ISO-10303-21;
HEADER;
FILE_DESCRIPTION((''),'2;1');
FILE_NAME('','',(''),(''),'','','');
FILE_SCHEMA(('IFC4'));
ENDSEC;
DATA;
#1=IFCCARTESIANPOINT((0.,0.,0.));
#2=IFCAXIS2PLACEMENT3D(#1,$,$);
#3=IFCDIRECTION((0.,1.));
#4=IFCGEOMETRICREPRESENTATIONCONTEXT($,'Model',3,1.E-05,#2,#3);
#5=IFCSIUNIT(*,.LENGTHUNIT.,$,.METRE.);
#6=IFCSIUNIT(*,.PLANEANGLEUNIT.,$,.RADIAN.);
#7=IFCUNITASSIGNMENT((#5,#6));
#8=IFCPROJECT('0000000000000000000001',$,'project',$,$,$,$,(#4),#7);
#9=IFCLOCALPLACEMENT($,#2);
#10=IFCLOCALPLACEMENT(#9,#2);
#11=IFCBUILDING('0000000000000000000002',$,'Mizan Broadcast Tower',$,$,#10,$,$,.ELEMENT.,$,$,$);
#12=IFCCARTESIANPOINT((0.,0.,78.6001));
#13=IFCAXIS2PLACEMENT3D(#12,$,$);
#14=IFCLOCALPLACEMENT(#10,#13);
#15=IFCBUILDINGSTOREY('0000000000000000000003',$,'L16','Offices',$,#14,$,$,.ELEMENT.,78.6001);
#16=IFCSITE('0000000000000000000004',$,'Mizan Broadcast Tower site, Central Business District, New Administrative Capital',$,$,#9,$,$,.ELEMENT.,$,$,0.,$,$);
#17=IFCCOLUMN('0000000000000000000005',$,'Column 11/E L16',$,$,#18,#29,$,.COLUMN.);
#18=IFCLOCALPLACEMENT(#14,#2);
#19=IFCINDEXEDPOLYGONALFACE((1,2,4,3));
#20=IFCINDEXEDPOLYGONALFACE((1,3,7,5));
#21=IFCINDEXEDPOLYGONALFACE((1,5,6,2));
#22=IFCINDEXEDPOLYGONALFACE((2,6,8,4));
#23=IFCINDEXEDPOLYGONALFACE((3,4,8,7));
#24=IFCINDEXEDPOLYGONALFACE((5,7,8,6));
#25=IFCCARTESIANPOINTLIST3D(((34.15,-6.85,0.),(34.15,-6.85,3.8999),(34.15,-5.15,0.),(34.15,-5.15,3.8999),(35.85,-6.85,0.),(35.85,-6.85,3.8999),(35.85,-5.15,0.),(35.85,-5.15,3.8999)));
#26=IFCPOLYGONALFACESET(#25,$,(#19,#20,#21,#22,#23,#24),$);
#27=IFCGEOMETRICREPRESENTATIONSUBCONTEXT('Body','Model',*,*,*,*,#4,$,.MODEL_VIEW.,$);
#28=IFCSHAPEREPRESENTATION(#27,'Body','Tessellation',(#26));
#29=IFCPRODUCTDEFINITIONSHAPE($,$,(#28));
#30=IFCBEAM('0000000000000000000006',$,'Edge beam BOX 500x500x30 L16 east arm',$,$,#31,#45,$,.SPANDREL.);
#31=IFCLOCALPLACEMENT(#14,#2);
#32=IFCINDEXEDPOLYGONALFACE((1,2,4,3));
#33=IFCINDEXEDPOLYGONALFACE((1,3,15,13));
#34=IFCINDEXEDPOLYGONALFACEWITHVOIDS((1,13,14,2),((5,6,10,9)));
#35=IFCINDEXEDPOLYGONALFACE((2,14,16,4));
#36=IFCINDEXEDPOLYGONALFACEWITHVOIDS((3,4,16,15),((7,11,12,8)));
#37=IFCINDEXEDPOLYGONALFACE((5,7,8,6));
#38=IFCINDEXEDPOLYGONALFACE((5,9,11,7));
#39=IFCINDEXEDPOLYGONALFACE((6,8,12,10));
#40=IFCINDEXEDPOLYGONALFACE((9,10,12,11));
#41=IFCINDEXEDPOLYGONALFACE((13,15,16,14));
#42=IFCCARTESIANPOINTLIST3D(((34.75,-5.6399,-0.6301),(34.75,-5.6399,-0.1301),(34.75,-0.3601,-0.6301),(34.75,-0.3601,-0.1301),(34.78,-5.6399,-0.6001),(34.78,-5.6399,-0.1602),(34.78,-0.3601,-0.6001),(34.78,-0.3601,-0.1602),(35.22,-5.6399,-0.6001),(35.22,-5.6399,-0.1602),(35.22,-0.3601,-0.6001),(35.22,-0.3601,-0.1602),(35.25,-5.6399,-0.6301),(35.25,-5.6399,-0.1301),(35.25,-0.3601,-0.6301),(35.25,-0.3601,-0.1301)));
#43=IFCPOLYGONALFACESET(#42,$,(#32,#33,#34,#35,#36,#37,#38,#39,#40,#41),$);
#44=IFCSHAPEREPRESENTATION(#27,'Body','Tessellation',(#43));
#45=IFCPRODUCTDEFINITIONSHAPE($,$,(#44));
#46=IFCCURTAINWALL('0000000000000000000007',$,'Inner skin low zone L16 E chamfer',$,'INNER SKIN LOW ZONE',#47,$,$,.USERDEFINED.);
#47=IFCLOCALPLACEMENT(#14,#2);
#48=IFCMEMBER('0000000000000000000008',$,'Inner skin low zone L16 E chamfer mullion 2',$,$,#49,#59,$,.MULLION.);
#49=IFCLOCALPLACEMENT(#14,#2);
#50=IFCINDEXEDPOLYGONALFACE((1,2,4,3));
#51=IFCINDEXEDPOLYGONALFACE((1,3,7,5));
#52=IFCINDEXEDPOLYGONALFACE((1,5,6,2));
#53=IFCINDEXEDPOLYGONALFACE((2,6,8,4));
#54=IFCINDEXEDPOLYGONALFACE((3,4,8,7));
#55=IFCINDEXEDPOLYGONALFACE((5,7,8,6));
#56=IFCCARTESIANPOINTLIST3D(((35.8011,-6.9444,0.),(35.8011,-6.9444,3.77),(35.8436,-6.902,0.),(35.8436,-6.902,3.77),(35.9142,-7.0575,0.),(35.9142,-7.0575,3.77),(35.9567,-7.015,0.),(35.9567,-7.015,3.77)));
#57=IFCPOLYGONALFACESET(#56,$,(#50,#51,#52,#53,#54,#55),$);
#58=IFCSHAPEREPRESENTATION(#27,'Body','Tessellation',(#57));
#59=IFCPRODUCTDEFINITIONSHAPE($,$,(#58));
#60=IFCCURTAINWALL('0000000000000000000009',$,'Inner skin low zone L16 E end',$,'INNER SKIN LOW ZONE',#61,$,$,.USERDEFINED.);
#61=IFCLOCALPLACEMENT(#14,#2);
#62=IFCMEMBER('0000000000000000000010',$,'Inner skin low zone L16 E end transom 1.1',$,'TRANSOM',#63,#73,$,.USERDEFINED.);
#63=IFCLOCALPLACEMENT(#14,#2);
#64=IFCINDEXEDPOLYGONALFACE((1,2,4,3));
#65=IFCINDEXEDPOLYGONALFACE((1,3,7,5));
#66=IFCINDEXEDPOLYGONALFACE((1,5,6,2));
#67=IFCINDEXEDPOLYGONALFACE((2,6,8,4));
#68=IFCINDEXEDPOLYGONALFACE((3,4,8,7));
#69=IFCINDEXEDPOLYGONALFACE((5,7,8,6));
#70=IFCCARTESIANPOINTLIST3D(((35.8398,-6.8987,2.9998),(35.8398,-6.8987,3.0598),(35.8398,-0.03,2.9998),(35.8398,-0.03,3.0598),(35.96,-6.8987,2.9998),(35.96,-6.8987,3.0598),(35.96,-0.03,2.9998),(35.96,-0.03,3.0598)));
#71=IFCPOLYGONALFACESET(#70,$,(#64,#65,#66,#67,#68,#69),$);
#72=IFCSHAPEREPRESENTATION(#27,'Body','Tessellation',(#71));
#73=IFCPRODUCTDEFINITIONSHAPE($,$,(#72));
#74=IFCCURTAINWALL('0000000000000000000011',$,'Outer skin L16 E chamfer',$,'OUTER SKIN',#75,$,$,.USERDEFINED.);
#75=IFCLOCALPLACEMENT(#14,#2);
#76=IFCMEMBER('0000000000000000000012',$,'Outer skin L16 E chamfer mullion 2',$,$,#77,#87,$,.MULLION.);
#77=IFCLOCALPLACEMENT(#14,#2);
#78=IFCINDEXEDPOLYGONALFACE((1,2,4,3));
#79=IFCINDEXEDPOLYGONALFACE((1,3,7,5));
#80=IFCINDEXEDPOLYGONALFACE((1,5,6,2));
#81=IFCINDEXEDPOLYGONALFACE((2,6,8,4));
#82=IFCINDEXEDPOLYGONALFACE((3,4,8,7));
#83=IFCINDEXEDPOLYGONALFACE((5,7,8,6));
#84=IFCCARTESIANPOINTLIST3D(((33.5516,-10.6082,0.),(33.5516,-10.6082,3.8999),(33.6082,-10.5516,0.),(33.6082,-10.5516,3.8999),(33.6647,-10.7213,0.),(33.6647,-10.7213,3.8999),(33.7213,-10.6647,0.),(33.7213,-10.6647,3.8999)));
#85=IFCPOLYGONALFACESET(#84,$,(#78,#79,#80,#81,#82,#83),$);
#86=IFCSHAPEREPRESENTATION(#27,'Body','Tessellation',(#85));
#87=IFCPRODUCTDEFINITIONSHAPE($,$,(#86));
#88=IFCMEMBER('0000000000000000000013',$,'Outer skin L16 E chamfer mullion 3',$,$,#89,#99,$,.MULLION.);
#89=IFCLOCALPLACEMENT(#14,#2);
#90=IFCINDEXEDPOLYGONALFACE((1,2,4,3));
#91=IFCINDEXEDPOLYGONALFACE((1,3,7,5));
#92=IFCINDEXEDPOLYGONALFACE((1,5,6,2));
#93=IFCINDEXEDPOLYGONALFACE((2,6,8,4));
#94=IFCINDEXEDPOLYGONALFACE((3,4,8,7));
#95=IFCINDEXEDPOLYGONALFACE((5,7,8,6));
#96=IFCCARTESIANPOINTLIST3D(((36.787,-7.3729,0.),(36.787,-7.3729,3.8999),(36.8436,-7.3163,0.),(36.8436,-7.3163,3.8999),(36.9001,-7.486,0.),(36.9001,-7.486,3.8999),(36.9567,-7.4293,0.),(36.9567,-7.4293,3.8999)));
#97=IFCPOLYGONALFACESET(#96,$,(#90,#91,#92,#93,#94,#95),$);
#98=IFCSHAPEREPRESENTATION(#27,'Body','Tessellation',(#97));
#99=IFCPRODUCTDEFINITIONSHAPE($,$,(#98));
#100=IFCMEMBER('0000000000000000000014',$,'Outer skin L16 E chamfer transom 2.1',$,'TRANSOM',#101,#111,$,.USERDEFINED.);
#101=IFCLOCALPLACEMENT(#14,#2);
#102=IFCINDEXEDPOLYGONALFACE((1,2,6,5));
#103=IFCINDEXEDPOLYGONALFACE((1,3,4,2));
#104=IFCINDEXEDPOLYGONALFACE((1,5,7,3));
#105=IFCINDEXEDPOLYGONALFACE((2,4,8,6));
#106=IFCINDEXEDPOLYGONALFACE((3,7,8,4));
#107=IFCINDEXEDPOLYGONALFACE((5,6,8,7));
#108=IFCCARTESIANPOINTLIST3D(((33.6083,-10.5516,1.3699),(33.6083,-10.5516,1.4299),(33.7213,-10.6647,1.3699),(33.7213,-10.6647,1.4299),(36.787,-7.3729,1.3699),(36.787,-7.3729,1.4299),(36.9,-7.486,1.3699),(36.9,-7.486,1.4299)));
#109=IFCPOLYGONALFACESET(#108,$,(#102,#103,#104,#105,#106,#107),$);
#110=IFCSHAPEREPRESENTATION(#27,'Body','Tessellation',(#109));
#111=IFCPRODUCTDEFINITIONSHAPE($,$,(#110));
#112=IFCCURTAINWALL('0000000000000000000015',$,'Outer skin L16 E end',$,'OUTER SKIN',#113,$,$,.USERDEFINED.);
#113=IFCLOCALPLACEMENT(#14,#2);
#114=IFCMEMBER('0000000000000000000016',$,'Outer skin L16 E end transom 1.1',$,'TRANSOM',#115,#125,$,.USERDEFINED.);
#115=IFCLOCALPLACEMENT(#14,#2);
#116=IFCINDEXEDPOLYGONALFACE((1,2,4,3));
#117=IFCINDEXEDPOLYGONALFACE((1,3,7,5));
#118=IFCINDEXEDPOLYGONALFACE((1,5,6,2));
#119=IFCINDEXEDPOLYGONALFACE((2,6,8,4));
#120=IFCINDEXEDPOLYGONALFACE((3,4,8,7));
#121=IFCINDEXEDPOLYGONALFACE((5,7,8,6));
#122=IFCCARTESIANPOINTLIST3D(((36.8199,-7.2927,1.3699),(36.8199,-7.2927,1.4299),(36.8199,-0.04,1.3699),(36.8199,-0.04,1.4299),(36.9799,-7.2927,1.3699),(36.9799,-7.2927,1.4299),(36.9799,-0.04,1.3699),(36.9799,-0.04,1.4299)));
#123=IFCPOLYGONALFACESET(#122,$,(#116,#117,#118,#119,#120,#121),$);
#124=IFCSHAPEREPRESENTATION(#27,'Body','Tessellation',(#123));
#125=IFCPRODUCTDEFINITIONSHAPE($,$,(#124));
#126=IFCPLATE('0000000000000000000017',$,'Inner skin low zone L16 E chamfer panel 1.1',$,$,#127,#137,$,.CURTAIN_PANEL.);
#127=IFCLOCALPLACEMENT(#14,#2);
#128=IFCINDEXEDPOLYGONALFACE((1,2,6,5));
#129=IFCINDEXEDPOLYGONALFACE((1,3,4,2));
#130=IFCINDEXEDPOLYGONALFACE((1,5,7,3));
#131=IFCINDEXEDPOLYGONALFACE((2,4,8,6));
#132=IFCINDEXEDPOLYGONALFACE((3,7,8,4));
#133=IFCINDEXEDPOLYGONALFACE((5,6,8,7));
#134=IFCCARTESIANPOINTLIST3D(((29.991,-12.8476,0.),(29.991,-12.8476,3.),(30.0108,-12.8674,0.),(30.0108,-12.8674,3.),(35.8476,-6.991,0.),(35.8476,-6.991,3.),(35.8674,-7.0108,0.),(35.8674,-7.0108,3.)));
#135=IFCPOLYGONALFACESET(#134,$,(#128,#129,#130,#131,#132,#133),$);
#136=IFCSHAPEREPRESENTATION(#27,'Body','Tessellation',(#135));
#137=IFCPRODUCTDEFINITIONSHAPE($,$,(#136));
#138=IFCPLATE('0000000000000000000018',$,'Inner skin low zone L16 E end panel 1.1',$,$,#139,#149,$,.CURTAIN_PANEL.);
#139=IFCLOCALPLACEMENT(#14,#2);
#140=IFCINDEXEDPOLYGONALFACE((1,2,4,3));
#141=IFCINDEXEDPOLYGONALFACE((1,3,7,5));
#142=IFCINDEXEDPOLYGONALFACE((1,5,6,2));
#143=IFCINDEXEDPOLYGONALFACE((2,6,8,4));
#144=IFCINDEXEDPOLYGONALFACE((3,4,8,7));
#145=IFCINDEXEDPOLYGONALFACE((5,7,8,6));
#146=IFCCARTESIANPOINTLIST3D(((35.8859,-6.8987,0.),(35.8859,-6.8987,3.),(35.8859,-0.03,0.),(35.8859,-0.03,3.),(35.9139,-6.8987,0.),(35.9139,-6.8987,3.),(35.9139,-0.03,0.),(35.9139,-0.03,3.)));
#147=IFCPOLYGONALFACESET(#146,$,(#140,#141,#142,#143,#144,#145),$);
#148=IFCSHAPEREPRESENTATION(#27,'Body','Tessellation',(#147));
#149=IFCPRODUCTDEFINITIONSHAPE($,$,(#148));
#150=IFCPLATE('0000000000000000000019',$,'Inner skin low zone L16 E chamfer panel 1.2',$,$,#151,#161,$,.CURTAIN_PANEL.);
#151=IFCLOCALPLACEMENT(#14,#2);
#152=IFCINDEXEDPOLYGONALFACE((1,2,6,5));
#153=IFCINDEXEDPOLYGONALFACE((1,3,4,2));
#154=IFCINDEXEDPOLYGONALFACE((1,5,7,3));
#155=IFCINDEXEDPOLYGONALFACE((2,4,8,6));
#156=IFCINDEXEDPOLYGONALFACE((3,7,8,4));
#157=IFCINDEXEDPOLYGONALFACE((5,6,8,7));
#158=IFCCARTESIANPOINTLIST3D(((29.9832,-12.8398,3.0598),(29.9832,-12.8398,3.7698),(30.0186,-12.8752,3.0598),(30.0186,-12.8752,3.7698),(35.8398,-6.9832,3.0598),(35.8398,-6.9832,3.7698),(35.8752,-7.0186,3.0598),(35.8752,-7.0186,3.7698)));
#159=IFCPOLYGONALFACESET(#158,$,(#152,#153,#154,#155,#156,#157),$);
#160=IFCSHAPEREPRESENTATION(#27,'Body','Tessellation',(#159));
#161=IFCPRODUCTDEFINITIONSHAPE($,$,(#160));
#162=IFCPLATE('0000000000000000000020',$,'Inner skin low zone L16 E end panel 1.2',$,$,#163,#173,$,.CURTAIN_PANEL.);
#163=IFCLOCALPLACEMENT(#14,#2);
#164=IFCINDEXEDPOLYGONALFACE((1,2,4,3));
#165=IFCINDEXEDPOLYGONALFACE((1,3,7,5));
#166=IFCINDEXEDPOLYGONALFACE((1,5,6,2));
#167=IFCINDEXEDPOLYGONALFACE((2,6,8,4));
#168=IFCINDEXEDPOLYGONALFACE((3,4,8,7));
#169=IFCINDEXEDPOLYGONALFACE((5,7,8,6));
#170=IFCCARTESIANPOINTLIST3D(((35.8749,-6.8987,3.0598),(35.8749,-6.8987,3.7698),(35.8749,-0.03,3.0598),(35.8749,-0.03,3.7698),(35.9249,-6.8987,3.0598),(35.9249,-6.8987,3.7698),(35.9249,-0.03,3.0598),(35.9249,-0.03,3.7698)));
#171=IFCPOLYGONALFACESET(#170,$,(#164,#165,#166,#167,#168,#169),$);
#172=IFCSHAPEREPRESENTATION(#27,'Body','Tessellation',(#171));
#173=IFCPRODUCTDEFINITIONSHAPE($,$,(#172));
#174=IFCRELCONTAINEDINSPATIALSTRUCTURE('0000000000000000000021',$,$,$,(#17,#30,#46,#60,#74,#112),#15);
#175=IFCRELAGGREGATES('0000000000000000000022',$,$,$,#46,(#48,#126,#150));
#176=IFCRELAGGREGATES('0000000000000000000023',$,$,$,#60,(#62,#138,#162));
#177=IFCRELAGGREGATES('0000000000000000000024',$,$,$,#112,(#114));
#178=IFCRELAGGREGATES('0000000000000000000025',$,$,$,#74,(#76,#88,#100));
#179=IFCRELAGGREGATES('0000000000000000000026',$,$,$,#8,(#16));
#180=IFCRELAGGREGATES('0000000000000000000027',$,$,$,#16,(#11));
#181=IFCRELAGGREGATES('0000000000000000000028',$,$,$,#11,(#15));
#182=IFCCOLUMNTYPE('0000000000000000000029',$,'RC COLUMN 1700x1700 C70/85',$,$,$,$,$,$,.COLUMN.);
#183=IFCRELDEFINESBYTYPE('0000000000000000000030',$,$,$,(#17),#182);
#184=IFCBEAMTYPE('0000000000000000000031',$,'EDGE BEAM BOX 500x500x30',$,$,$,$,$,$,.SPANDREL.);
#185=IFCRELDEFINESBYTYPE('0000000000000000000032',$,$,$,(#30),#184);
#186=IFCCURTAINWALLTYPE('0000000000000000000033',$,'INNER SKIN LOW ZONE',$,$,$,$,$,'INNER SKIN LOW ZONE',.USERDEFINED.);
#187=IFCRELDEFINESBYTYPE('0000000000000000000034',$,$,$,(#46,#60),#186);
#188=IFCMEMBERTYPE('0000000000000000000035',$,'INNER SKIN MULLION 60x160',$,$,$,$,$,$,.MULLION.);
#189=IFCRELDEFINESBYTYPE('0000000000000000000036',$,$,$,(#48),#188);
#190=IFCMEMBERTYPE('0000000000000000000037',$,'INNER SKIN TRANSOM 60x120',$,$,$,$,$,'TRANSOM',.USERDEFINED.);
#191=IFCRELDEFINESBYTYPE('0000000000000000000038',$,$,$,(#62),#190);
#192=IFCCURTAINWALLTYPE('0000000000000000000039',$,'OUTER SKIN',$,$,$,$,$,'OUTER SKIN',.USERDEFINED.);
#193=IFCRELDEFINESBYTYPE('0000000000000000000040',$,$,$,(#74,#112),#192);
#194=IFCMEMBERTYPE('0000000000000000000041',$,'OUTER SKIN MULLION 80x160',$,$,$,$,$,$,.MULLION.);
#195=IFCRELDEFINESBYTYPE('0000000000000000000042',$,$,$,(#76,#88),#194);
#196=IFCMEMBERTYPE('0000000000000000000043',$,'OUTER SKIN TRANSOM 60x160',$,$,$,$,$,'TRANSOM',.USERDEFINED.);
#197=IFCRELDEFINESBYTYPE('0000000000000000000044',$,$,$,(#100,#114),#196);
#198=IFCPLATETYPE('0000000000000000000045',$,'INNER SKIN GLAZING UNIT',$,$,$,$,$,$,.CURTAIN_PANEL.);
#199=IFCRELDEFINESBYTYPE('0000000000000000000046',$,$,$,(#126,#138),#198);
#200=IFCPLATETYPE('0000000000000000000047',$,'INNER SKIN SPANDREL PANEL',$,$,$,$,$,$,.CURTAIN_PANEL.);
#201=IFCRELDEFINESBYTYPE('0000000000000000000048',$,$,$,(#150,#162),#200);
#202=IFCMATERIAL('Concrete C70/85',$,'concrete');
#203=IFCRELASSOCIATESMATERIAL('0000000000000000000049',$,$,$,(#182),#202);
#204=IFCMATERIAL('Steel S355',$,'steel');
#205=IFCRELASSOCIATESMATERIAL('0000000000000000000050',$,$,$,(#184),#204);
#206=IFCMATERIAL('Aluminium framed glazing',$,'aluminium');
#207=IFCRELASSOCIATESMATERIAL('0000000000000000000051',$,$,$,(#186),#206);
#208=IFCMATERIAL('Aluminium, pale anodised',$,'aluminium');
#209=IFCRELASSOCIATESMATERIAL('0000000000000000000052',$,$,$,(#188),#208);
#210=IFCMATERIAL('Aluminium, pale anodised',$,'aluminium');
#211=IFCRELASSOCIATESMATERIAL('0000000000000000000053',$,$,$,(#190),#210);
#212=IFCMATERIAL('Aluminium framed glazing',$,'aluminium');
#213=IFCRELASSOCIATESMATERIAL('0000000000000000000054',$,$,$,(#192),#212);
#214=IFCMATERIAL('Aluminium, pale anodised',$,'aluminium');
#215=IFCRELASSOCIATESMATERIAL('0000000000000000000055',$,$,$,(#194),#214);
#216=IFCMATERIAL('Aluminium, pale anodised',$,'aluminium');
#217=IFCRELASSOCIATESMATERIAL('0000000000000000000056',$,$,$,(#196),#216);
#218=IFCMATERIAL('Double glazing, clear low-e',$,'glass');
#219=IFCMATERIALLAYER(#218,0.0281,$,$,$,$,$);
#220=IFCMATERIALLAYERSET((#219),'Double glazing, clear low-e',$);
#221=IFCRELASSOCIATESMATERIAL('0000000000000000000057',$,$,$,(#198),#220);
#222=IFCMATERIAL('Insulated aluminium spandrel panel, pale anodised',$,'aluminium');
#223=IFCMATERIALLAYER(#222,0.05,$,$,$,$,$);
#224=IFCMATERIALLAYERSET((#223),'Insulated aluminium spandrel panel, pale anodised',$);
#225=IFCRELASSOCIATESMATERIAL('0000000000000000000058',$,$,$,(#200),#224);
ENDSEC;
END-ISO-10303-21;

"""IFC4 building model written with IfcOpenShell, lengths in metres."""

from ifc_helpers import new_model, si_unit, direction, frame, origin, origin_2d, place, context, subcontext, project, spatial, rectangle, hollow_rectangle, extrude, material, layer, layer_set, material_profile, profile_set, type_object, element, aggregate, save


model = new_model("IFC4")

# Units and contexts
model_context = context("Model", 3, precision=1e-05, world=origin(), true_north=direction((0.0, 1.0)))
body_context = subcontext(model_context, "Body", "Model", "MODEL_VIEW")
ifc_project = project(units=[si_unit("LENGTHUNIT", "METRE"), si_unit("PLANEANGLEUNIT", "RADIAN")], contexts=[model_context])

# Site, building, storey
site_placement = place(None, origin())
site = spatial("IfcSite", under=ifc_project, at=site_placement, Name="Mizan Broadcast Tower site, Central Business District, New Administrative Capital", CompositionType="ELEMENT", RefElevation=0.0)
building_placement = place(site_placement, origin())
building = spatial("IfcBuilding", under=site, at=building_placement, Name="Mizan Broadcast Tower", CompositionType="ELEMENT")
storey_placement = place(building_placement, frame((0.0, 0.0, 78.6001)))
storey = spatial("IfcBuildingStorey", under=building, at=storey_placement, Name="L16", Description="Offices", CompositionType="ELEMENT", Elevation=78.6001)

# Column
ifc_material_1 = material(Name="Concrete C70/85", Category="concrete")
ifc_material_profile_1 = material_profile(ifc_material_1, rectangle(XDim=1.7, YDim=1.7, at=origin_2d()), Name="RC 1700x1700")
ifc_profile_set_1 = profile_set([ifc_material_profile_1], Name="Concrete C70/85")
column_type = type_object("IfcColumnType", Name="RC COLUMN 1700x1700 C70/85", PredefinedType="COLUMN", material=ifc_profile_set_1)
column_placement = place(storey_placement, frame((35.0, -6.0, 0.0), z_axis=(0.0, 0.0, 1.0), x_axis=(1.0, 0.0, 0.0)))
element("IfcColumn", 1, at=column_placement, inside=storey, type_object=column_type, Name="Column 11/E L16", PredefinedType="COLUMN", context=body_context, shape_type="SweptSolid", body=[
    extrude(rectangle(XDim=1.7, YDim=1.7, at=origin_2d()), origin(), (0.0, 0.0, 1.0), 3.8999),
])

# Beam
ifc_material_2 = material(Name="Steel S355", Category="steel")
ifc_material_profile_2 = material_profile(ifc_material_2, hollow_rectangle(XDim=0.5, YDim=0.5, WallThickness=0.03, at=origin_2d()), Name="BOX 500x500x30")
ifc_profile_set_2 = profile_set([ifc_material_profile_2], Name="Steel S355")
beam_type = type_object("IfcBeamType", Name="EDGE BEAM BOX 500x500x30", PredefinedType="SPANDREL", material=ifc_profile_set_2)
beam_placement = place(storey_placement, frame((35.0, -5.6399, -0.3801), z_axis=(0.0, 1.0, 0.0), x_axis=(-1.0, 0.0, 0.0)))
element("IfcBeam", 2, at=beam_placement, inside=storey, type_object=beam_type, Name="Edge beam BOX 500x500x30 L16 east arm", PredefinedType="SPANDREL", context=body_context, shape_type="SweptSolid", body=[
    extrude(hollow_rectangle(XDim=0.5, YDim=0.5, WallThickness=0.03, at=origin_2d()), origin(), (0.0, 0.0, 1.0), 5.2798),
])

# Curtain walls, members
ifc_material_3 = material(Name="Aluminium framed glazing", Category="aluminium")
curtain_wall_type_1 = type_object("IfcCurtainWallType", Name="INNER SKIN LOW ZONE", ElementType="INNER SKIN LOW ZONE", PredefinedType="USERDEFINED", material=ifc_material_3)
curtain_wall_1_placement = place(storey_placement, origin())
curtain_wall_1 = element("IfcCurtainWall", 3, at=curtain_wall_1_placement, inside=storey, type_object=curtain_wall_type_1, Name="Inner skin low zone L16 E chamfer", ObjectType="INNER SKIN LOW ZONE", PredefinedType="USERDEFINED")
ifc_material_4 = material(Name="Aluminium, pale anodised", Category="aluminium")
ifc_material_profile_3 = material_profile(ifc_material_4, rectangle(XDim=0.1599, YDim=0.0601, at=origin_2d()), Name="MULLION 160x60")
ifc_profile_set_3 = profile_set([ifc_material_profile_3], Name="Aluminium, pale anodised")
member_type_1 = type_object("IfcMemberType", Name="INNER SKIN MULLION 60x160", PredefinedType="MULLION", material=ifc_profile_set_3)
member_1_placement = place(storey_placement, frame((35.8789, -6.9797, 0.0), z_axis=(0.0, 0.0, 1.0), x_axis=(-0.707107, 0.707107, 0.0)))
member_1 = element("IfcMember", 4, at=member_1_placement, type_object=member_type_1, Name="Inner skin low zone L16 E chamfer mullion 2", PredefinedType="MULLION", context=body_context, shape_type="SweptSolid", body=[
    extrude(rectangle(XDim=0.1599, YDim=0.0601, at=origin_2d()), origin(), (0.0, 0.0, 1.0), 3.77),
])
curtain_wall_2_placement = place(storey_placement, origin())
curtain_wall_2 = element("IfcCurtainWall", 5, at=curtain_wall_2_placement, inside=storey, type_object=curtain_wall_type_1, Name="Inner skin low zone L16 E end", ObjectType="INNER SKIN LOW ZONE", PredefinedType="USERDEFINED")
ifc_material_5 = material(Name="Aluminium, pale anodised", Category="aluminium")
ifc_material_profile_4 = material_profile(ifc_material_5, rectangle(XDim=0.1201, YDim=0.0601, at=origin_2d()), Name="TRANSOM 120x60")
ifc_profile_set_4 = profile_set([ifc_material_profile_4], Name="Aluminium, pale anodised")
member_type_2 = type_object("IfcMemberType", Name="INNER SKIN TRANSOM 60x120", ElementType="TRANSOM", PredefinedType="USERDEFINED", material=ifc_profile_set_4)
member_2_placement = place(storey_placement, frame((35.8999, -6.8987, 3.0298), z_axis=(0.0, 1.0, 0.0), x_axis=(-1.0, 0.0, 0.0)))
member_2 = element("IfcMember", 6, at=member_2_placement, type_object=member_type_2, Name="Inner skin low zone L16 E end transom 1.1", ObjectType="TRANSOM", PredefinedType="USERDEFINED", context=body_context, shape_type="SweptSolid", body=[
    extrude(rectangle(XDim=0.1201, YDim=0.0601, at=origin_2d()), origin(), (0.0, 0.0, 1.0), 6.8687),
])

# Curtain wall, members
ifc_material_6 = material(Name="Aluminium framed glazing", Category="aluminium")
curtain_wall_type_2 = type_object("IfcCurtainWallType", Name="OUTER SKIN", ElementType="OUTER SKIN", PredefinedType="USERDEFINED", material=ifc_material_6)
curtain_wall_3_placement = place(storey_placement, origin())
curtain_wall_3 = element("IfcCurtainWall", 7, at=curtain_wall_3_placement, inside=storey, type_object=curtain_wall_type_2, Name="Outer skin L16 E chamfer", ObjectType="OUTER SKIN", PredefinedType="USERDEFINED")
ifc_material_7 = material(Name="Aluminium, pale anodised", Category="aluminium")
ifc_material_profile_5 = material_profile(ifc_material_7, rectangle(XDim=0.1599, YDim=0.0801, at=origin_2d()), Name="MULLION 160x80")
ifc_profile_set_5 = profile_set([ifc_material_profile_5], Name="Aluminium, pale anodised")
member_type_3 = type_object("IfcMemberType", Name="OUTER SKIN MULLION 80x160", PredefinedType="MULLION", material=ifc_profile_set_5)
member_3_placement = place(storey_placement, frame((33.6365, -10.6365, 0.0), z_axis=(0.0, 0.0, 1.0), x_axis=(-0.707107, 0.707107, 0.0)))
member_3 = element("IfcMember", 8, at=member_3_placement, type_object=member_type_3, Name="Outer skin L16 E chamfer mullion 2", PredefinedType="MULLION", context=body_context, shape_type="SweptSolid", body=[
    extrude(rectangle(XDim=0.1599, YDim=0.0801, at=origin_2d()), origin(), (0.0, 0.0, 1.0), 3.8999),
])
member_4_placement = place(storey_placement, frame((36.8718, -7.4011, 0.0), z_axis=(0.0, 0.0, 1.0), x_axis=(-0.707107, 0.707107, 0.0)))
member_4 = element("IfcMember", 9, at=member_4_placement, type_object=member_type_3, Name="Outer skin L16 E chamfer mullion 3", PredefinedType="MULLION", context=body_context, shape_type="SweptSolid", body=[
    extrude(rectangle(XDim=0.1599, YDim=0.0801, at=origin_2d()), origin(), (0.0, 0.0, 1.0), 3.8999),
])
ifc_material_8 = material(Name="Aluminium, pale anodised", Category="aluminium")
ifc_material_profile_6 = material_profile(ifc_material_8, rectangle(XDim=0.1599, YDim=0.0601, at=origin_2d()), Name="TRANSOM 160x60")
ifc_profile_set_6 = profile_set([ifc_material_profile_6], Name="Aluminium, pale anodised")
member_type_4 = type_object("IfcMemberType", Name="OUTER SKIN TRANSOM 60x160", ElementType="TRANSOM", PredefinedType="USERDEFINED", material=ifc_profile_set_6)
member_5_placement = place(storey_placement, frame((33.6648, -10.6082, 1.3999), z_axis=(0.707107, 0.707107, 0.0), x_axis=(-0.707107, 0.707107, 0.0)))
member_5 = element("IfcMember", 10, at=member_5_placement, type_object=member_type_4, Name="Outer skin L16 E chamfer transom 2.1", ObjectType="TRANSOM", PredefinedType="USERDEFINED", context=body_context, shape_type="SweptSolid", body=[
    extrude(rectangle(XDim=0.1599, YDim=0.0601, at=origin_2d()), origin(), (0.0, 0.0, 1.0), 4.4954),
])

# Curtain wall, member
curtain_wall_4_placement = place(storey_placement, origin())
curtain_wall_4 = element("IfcCurtainWall", 11, at=curtain_wall_4_placement, inside=storey, type_object=curtain_wall_type_2, Name="Outer skin L16 E end", ObjectType="OUTER SKIN", PredefinedType="USERDEFINED")
member_6_placement = place(storey_placement, frame((36.8999, -7.2927, 1.3999), z_axis=(0.0, 1.0, 0.0), x_axis=(-1.0, 0.0, 0.0)))
member_6 = element("IfcMember", 12, at=member_6_placement, type_object=member_type_4, Name="Outer skin L16 E end transom 1.1", ObjectType="TRANSOM", PredefinedType="USERDEFINED", context=body_context, shape_type="SweptSolid", body=[
    extrude(rectangle(XDim=0.1599, YDim=0.0601, at=origin_2d()), origin(), (0.0, 0.0, 1.0), 7.2527),
])

# Plates
ifc_material_9 = material(Name="Double glazing, clear low-e", Category="glass")
ifc_layer_1 = layer(ifc_material_9, 0.0281)
ifc_layer_set_1 = layer_set([ifc_layer_1], Name="Double glazing, clear low-e")
plate_type_1 = type_object("IfcPlateType", Name="INNER SKIN GLAZING UNIT", PredefinedType="CURTAIN_PANEL", material=ifc_layer_set_1)
plate_1_placement = place(storey_placement, frame((32.9292, -9.9292, 0.0), z_axis=(0.0, 0.0, 1.0), x_axis=(0.707107, 0.707107, 0.0)))
plate_1 = element("IfcPlate", 13, at=plate_1_placement, type_object=plate_type_1, Name="Inner skin low zone L16 E chamfer panel 1.1", PredefinedType="CURTAIN_PANEL", context=body_context, shape_type="SweptSolid", body=[
    extrude(rectangle(XDim=8.2825, YDim=0.0281, at=origin_2d()), origin(), (0.0, 0.0, 1.0), 3.0),
])
plate_2_placement = place(storey_placement, frame((35.8999, -3.4644, 0.0), z_axis=(0.0, 0.0, 1.0), x_axis=(0.0, 1.0, 0.0)))
plate_2 = element("IfcPlate", 14, at=plate_2_placement, type_object=plate_type_1, Name="Inner skin low zone L16 E end panel 1.1", PredefinedType="CURTAIN_PANEL", context=body_context, shape_type="SweptSolid", body=[
    extrude(rectangle(XDim=6.8687, YDim=0.0281, at=origin_2d()), origin(), (0.0, 0.0, 1.0), 3.0),
])
ifc_material_10 = material(Name="Insulated aluminium spandrel panel, pale anodised", Category="aluminium")
ifc_layer_2 = layer(ifc_material_10, 0.05)
ifc_layer_set_2 = layer_set([ifc_layer_2], Name="Insulated aluminium spandrel panel, pale anodised")
plate_type_2 = type_object("IfcPlateType", Name="INNER SKIN SPANDREL PANEL", PredefinedType="CURTAIN_PANEL", material=ifc_layer_set_2)
plate_3_placement = place(storey_placement, frame((32.9292, -9.9292, 3.0598), z_axis=(0.0, 0.0, 1.0), x_axis=(0.707107, 0.707107, 0.0)))
plate_3 = element("IfcPlate", 15, at=plate_3_placement, type_object=plate_type_2, Name="Inner skin low zone L16 E chamfer panel 1.2", PredefinedType="CURTAIN_PANEL", context=body_context, shape_type="SweptSolid", body=[
    extrude(rectangle(XDim=8.2825, YDim=0.05, at=origin_2d()), origin(), (0.0, 0.0, 1.0), 0.71),
])
aggregate(curtain_wall_1, [member_1, plate_1, plate_3])
plate_4_placement = place(storey_placement, frame((35.8999, -3.4644, 3.0598), z_axis=(0.0, 0.0, 1.0), x_axis=(0.0, 1.0, 0.0)))
plate_4 = element("IfcPlate", 16, at=plate_4_placement, type_object=plate_type_2, Name="Inner skin low zone L16 E end panel 1.2", PredefinedType="CURTAIN_PANEL", context=body_context, shape_type="SweptSolid", body=[
    extrude(rectangle(XDim=6.8687, YDim=0.05, at=origin_2d()), origin(), (0.0, 0.0, 1.0), 0.71),
])
aggregate(curtain_wall_2, [member_2, plate_2, plate_4])
aggregate(curtain_wall_4, [member_6])
aggregate(curtain_wall_3, [member_3, member_4, member_5])

save(model, "model.ifc")
